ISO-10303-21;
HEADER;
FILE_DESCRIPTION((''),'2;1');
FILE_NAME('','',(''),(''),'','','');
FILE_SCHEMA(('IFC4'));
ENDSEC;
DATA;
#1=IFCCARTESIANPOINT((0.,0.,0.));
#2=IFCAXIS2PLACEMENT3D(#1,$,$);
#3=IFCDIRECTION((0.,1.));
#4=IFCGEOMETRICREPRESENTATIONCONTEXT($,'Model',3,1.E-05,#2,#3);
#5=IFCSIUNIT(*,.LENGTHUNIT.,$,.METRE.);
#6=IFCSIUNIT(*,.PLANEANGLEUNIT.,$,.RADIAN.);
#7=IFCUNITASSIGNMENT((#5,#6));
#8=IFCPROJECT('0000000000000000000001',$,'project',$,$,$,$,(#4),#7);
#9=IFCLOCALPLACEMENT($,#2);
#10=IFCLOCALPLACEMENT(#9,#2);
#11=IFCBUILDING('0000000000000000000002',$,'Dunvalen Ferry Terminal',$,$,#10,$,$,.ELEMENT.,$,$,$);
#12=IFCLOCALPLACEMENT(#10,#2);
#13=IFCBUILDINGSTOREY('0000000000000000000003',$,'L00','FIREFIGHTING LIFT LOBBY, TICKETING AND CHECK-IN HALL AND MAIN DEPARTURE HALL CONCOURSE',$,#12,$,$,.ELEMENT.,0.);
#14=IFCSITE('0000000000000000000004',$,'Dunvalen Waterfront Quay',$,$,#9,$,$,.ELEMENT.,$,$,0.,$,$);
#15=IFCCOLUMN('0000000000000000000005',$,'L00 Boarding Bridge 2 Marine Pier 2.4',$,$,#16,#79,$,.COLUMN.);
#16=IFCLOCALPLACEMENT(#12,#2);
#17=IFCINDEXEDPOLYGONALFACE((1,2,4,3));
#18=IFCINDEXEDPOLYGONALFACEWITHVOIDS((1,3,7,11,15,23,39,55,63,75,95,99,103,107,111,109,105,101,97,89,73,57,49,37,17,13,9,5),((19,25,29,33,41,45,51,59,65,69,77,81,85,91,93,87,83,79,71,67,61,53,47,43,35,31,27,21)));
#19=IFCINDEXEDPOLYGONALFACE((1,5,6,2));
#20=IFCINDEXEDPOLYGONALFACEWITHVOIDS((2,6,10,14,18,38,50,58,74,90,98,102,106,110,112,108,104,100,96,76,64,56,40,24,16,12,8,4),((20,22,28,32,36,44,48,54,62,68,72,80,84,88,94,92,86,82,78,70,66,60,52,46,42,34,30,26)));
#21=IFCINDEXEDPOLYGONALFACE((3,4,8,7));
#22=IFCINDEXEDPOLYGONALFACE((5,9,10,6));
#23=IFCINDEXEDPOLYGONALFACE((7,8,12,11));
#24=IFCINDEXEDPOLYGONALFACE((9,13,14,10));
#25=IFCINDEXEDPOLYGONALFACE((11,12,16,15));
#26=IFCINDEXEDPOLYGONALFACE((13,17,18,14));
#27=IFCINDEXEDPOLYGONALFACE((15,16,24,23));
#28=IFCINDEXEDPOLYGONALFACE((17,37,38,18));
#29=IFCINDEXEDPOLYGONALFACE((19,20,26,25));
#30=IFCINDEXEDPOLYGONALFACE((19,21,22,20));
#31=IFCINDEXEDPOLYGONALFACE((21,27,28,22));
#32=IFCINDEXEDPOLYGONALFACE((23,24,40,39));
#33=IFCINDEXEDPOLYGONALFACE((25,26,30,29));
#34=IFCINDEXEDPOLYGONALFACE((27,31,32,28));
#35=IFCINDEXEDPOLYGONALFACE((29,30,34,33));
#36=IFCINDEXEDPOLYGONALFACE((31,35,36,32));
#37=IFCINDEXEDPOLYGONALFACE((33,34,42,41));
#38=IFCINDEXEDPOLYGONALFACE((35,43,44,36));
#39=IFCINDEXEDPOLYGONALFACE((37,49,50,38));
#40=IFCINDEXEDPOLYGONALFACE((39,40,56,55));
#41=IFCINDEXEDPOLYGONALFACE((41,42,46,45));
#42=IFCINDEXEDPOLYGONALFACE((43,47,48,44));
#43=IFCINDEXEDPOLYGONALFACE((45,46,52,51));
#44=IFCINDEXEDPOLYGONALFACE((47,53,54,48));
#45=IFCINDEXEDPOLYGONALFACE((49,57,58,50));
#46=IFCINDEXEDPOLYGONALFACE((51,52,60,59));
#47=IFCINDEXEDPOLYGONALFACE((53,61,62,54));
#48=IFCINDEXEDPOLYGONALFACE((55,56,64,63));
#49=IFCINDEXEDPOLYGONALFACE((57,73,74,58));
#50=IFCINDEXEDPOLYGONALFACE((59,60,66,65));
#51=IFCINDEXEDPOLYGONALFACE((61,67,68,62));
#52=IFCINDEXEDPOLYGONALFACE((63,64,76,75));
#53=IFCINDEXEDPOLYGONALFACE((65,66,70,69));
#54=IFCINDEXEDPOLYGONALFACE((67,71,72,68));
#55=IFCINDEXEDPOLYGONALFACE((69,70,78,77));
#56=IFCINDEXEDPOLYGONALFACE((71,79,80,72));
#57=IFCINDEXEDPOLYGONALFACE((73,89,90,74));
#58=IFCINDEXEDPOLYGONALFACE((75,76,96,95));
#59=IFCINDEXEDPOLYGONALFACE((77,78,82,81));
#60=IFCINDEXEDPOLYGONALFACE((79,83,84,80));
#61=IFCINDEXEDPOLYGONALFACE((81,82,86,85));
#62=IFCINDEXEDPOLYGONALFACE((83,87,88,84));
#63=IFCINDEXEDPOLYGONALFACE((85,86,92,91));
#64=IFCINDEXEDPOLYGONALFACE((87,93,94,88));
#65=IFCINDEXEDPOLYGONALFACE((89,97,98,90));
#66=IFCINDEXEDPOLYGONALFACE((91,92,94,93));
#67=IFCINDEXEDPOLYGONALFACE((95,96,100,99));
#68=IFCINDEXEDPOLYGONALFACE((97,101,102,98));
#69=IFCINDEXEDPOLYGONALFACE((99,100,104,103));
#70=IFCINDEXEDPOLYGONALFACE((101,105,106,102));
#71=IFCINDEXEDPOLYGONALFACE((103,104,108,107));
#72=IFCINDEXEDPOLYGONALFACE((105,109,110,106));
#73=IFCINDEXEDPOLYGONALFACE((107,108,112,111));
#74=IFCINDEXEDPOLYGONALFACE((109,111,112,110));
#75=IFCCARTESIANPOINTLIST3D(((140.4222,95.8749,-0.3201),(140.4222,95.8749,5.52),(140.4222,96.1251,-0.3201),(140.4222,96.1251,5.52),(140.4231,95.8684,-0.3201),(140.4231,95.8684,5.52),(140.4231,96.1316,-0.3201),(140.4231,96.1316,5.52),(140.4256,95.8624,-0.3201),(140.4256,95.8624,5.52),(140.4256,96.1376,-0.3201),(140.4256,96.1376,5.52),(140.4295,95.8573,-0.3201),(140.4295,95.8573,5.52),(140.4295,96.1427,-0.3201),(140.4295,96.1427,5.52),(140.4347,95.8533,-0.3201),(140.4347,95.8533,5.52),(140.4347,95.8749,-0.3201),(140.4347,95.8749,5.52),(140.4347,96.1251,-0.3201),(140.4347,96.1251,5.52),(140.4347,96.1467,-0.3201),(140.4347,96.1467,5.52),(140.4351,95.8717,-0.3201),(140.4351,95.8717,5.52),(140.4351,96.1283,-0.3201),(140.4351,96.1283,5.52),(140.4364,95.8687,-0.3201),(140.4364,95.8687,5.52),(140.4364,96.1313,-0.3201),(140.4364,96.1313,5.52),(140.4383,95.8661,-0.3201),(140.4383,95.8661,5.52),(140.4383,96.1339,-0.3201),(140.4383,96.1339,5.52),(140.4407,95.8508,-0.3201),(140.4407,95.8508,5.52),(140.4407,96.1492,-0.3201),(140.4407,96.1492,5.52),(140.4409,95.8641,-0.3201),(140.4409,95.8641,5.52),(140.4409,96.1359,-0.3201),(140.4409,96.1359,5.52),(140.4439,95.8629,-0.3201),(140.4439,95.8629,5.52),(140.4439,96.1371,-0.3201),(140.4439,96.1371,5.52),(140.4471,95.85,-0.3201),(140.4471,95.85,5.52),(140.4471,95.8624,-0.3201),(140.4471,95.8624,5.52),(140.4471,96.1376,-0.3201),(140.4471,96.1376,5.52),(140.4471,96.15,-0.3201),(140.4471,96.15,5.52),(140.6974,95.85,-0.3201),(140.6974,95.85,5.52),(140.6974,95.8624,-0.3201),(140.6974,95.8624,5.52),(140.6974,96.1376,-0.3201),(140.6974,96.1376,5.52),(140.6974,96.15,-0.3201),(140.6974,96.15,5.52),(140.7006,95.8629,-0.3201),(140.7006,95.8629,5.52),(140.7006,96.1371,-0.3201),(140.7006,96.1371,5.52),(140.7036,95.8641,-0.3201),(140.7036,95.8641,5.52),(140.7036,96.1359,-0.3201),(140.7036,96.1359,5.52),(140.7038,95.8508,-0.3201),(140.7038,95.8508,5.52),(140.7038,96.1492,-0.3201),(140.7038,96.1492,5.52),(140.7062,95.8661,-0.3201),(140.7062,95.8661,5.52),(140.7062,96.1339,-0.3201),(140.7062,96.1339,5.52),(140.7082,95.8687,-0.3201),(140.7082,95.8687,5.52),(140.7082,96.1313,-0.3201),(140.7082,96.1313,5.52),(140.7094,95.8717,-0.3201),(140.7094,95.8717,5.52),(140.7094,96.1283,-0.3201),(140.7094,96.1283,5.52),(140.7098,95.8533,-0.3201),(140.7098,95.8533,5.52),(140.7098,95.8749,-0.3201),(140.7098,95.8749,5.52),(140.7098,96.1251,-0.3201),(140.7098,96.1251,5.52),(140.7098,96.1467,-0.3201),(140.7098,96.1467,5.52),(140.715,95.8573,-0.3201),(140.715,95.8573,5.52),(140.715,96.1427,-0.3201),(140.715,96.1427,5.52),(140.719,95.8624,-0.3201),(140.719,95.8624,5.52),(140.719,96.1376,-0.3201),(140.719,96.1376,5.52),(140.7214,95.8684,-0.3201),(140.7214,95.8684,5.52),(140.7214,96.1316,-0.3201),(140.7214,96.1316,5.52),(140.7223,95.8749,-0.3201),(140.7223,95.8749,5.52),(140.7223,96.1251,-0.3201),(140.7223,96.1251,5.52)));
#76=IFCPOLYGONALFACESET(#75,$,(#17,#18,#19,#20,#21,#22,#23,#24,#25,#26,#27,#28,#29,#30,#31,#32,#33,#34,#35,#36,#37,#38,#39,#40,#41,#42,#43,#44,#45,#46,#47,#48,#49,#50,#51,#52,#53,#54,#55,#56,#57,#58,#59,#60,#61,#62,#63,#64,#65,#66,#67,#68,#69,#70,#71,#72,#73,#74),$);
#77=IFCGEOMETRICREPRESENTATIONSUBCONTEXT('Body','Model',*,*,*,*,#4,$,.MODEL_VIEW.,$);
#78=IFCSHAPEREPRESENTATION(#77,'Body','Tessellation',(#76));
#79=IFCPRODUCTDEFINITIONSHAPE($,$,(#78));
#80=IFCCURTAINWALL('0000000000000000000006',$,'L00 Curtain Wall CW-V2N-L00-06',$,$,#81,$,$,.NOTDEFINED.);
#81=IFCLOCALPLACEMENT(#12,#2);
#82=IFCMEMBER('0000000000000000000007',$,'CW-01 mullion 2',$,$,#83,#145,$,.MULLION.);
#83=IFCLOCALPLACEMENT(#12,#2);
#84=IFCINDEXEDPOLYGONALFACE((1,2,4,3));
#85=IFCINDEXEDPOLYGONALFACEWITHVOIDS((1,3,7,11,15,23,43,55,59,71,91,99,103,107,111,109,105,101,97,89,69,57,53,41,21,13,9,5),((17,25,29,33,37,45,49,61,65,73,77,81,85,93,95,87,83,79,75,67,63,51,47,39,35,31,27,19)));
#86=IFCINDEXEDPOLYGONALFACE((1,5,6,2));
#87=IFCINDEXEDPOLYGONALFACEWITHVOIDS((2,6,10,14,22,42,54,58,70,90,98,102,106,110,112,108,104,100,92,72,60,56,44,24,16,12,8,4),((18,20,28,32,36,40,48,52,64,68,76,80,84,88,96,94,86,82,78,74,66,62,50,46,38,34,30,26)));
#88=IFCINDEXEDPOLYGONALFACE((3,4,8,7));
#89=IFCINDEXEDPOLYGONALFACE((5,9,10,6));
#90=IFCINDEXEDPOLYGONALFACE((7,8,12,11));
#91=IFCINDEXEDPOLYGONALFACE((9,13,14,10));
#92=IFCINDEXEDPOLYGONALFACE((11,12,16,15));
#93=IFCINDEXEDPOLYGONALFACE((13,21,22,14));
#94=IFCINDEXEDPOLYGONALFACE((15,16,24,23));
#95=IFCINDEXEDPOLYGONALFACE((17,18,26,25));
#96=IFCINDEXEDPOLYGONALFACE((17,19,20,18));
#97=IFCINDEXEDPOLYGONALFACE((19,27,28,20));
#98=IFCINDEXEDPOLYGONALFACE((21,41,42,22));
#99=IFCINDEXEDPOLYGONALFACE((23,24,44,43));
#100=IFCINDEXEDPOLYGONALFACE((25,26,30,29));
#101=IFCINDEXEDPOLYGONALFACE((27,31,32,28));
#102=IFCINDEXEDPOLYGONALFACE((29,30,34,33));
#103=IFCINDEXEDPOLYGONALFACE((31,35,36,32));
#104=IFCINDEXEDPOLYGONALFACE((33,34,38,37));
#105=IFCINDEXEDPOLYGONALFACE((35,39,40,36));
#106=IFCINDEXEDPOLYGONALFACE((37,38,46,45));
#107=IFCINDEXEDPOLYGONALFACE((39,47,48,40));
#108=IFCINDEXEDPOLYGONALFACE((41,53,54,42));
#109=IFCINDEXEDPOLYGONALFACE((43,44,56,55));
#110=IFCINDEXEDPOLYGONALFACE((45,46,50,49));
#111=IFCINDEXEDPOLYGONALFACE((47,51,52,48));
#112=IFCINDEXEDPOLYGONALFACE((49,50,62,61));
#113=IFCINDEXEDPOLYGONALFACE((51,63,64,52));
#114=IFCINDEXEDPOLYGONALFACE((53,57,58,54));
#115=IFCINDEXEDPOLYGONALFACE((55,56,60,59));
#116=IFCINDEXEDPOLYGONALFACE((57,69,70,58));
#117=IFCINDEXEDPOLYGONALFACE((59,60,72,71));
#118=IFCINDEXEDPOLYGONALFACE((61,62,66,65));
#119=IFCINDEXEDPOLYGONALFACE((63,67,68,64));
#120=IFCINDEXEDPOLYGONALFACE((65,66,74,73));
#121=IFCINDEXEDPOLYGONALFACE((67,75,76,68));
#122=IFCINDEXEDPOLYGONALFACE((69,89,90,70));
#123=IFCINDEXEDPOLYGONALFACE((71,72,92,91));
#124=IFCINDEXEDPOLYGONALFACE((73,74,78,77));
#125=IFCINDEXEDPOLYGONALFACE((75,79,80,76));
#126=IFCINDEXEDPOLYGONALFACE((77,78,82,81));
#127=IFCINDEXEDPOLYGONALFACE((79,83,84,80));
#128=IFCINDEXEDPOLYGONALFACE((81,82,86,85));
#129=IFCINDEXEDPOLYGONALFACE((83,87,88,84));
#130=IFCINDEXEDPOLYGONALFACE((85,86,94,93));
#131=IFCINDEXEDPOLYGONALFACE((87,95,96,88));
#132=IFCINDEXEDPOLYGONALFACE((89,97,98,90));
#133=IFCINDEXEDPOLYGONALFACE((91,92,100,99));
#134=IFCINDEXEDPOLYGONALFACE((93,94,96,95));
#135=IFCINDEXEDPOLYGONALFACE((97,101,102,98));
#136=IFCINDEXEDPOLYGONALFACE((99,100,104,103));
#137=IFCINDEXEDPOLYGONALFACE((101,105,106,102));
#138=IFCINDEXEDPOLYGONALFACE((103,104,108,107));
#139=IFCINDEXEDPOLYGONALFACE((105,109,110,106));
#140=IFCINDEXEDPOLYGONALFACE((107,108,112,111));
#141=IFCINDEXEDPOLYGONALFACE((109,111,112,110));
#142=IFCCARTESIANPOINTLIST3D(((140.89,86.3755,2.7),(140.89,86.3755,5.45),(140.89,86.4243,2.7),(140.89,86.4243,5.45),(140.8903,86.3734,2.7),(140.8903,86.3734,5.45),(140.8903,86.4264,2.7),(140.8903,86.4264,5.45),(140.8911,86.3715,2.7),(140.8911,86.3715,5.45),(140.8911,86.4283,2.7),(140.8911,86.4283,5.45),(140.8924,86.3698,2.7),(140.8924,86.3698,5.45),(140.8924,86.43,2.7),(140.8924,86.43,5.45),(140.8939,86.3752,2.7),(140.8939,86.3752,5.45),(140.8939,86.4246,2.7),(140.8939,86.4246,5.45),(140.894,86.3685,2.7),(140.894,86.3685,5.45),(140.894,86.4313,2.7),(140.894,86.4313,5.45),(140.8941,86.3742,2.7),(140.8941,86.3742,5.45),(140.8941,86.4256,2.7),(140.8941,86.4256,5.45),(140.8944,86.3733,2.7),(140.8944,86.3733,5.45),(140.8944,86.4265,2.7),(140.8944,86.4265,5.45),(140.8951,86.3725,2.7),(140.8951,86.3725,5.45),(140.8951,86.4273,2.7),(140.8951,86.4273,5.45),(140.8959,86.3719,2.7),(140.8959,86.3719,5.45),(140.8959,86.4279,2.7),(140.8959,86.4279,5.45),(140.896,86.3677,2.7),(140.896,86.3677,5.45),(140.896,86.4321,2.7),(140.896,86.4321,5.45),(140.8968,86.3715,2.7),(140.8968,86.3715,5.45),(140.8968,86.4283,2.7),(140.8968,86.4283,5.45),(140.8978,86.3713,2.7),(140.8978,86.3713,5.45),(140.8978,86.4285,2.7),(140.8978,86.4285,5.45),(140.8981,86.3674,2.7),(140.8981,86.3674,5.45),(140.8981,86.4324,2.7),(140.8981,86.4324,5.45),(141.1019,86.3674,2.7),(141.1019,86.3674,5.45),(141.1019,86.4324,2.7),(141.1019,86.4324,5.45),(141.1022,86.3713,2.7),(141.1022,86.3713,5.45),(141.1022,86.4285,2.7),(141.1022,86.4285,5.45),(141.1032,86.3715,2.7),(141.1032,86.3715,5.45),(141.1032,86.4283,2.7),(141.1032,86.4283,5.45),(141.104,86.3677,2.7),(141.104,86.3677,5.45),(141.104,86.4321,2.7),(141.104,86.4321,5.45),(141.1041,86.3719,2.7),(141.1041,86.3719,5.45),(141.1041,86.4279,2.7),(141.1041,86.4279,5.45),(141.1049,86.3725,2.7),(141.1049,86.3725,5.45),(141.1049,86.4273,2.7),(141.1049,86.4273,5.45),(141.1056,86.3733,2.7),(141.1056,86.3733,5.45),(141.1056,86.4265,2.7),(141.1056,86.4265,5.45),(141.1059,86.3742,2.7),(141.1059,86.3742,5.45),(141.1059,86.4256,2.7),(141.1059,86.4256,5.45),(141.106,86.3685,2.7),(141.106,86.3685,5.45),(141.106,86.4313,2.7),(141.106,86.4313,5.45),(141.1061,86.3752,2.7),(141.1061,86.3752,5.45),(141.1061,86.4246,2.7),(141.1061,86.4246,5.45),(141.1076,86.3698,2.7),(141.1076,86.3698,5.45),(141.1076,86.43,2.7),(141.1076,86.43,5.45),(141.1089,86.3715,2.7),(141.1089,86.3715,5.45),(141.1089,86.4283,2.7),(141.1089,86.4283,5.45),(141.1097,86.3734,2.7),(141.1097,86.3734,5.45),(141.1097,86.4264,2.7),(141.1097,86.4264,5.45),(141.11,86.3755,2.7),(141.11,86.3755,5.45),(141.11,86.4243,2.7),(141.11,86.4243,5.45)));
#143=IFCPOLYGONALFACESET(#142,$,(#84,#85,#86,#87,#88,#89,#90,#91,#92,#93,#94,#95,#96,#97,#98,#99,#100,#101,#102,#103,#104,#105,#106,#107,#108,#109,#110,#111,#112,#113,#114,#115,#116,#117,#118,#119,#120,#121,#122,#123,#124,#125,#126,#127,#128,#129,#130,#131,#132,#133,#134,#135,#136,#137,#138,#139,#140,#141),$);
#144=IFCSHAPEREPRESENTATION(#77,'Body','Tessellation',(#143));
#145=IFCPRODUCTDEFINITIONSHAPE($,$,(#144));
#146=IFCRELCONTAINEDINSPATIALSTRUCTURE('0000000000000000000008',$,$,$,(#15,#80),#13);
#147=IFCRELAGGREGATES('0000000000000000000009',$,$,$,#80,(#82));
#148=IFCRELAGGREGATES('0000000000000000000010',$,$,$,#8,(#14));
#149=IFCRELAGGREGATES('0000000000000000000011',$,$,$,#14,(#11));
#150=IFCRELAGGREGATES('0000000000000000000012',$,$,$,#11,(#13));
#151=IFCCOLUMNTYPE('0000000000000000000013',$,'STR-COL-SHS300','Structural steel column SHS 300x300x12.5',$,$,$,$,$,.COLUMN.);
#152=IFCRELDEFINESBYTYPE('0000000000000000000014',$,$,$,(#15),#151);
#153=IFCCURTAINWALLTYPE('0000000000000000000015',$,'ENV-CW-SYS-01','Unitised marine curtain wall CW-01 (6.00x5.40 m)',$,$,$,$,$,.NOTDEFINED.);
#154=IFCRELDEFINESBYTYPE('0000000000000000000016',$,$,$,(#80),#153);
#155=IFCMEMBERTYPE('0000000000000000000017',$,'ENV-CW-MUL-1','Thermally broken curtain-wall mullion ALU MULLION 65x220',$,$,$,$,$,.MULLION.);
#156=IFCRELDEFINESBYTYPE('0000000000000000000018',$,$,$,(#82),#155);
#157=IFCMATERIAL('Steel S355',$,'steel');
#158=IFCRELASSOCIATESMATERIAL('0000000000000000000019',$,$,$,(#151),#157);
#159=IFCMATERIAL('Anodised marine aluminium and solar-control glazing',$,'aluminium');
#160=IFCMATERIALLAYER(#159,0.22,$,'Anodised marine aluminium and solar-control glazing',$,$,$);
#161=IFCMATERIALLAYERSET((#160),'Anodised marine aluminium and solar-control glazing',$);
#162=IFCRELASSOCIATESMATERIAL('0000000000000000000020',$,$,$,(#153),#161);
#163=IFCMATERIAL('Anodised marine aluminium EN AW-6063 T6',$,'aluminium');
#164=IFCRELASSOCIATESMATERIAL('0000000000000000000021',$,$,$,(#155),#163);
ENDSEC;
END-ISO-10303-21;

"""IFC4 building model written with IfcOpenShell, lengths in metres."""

from ifc_helpers import new_model, si_unit, direction, frame, origin, origin_2d, place, context, subcontext, project, spatial, hollow_rectangle, extrude, material, layer, layer_set, material_profile, profile_set, type_object, element, aggregate, save


model = new_model("IFC4")

# Units and contexts
model_context = context("Model", 3, precision=1e-05, world=origin(), true_north=direction((0.0, 1.0)))
body_context = subcontext(model_context, "Body", "Model", "MODEL_VIEW")
ifc_project = project(units=[si_unit("LENGTHUNIT", "METRE"), si_unit("PLANEANGLEUNIT", "RADIAN")], contexts=[model_context])

# Site, building, storey
site_placement = place(None, origin())
site = spatial("IfcSite", under=ifc_project, at=site_placement, Name="Dunvalen Waterfront Quay", CompositionType="ELEMENT", RefElevation=0.0)
building_placement = place(site_placement, origin())
building = spatial("IfcBuilding", under=site, at=building_placement, Name="Dunvalen Ferry Terminal", CompositionType="ELEMENT")
storey_placement = place(building_placement, origin())
storey = spatial("IfcBuildingStorey", under=building, at=storey_placement, Name="L00", Description="FIREFIGHTING LIFT LOBBY, TICKETING AND CHECK-IN HALL AND MAIN DEPARTURE HALL CONCOURSE", CompositionType="ELEMENT", Elevation=0.0)

# Column
ifc_material_1 = material(Name="Steel S355", Category="steel")
ifc_material_profile_1 = material_profile(ifc_material_1, hollow_rectangle(XDim=0.3, YDim=0.3, WallThickness=0.0125, InnerFilletRadius=0.0125, OuterFilletRadius=0.0249, at=origin_2d()), Name="Steel S355")
ifc_profile_set_1 = profile_set([ifc_material_profile_1], Name="Steel S355")
column_type_1 = type_object("IfcColumnType", Name="STR-COL-SHS300", Description="Structural steel column SHS 300x300x12.5", PredefinedType="COLUMN", material=ifc_profile_set_1)
for number, where, z_axis, x_axis, name in (
    (1, (140.5723, 96.0, -0.3201), (0.0, 0.0, 1.0), (1.0, 0.0, 0.0), "L00 Boarding Bridge 2 Marine Pier 2.4"),
):
    element("IfcColumn", number, at=place(storey_placement, frame(where, z_axis=z_axis, x_axis=x_axis)), inside=storey, type_object=column_type_1, Name=name, PredefinedType="COLUMN", context=body_context, shape_type="SweptSolid", body=[
        extrude(hollow_rectangle(XDim=0.3, YDim=0.3, WallThickness=0.0125, InnerFilletRadius=0.0125, OuterFilletRadius=0.0249, at=origin_2d()), origin(), (0.0, 0.0, 1.0), 5.8401),
    ])

# Curtain wall, member
ifc_material_2 = material(Name="Anodised marine aluminium and solar-control glazing", Category="aluminium")
ifc_layer_1 = layer(ifc_material_2, 0.22, Name="Anodised marine aluminium and solar-control glazing")
ifc_layer_set_1 = layer_set([ifc_layer_1], Name="Anodised marine aluminium and solar-control glazing")
curtain_wall_type = type_object("IfcCurtainWallType", Name="ENV-CW-SYS-01", Description="Unitised marine curtain wall CW-01 (6.00x5.40 m)", PredefinedType="NOTDEFINED", material=ifc_layer_set_1)
curtain_wall_placement = place(storey_placement, origin())
curtain_wall = element("IfcCurtainWall", 2, at=curtain_wall_placement, inside=storey, type_object=curtain_wall_type, Name="L00 Curtain Wall CW-V2N-L00-06", PredefinedType="NOTDEFINED")
ifc_material_3 = material(Name="Anodised marine aluminium EN AW-6063 T6", Category="aluminium")
ifc_material_profile_2 = material_profile(ifc_material_3, hollow_rectangle(XDim=0.0649, YDim=0.22, WallThickness=0.0039, InnerFilletRadius=0.0039, OuterFilletRadius=0.0081, at=origin_2d()), Name="Anodised marine aluminium EN AW-6063 T6")
ifc_profile_set_2 = profile_set([ifc_material_profile_2], Name="Anodised marine aluminium EN AW-6063 T6")
member_type_1 = type_object("IfcMemberType", Name="ENV-CW-MUL-1", Description="Thermally broken curtain-wall mullion ALU MULLION 65x220", PredefinedType="MULLION", material=ifc_profile_set_2)
member_1_placement = place(storey_placement, frame((141.0, 86.3999, 2.7), z_axis=(0.0, 0.0, 1.0), x_axis=(0.0, 1.0, 0.0)))
member_1 = element("IfcMember", 3, at=member_1_placement, type_object=member_type_1, Name="CW-01 mullion 2", PredefinedType="MULLION", context=body_context, shape_type="SweptSolid", body=[
    extrude(hollow_rectangle(XDim=0.0649, YDim=0.22, WallThickness=0.0039, InnerFilletRadius=0.0039, OuterFilletRadius=0.0081, at=origin_2d()), origin(), (0.0, 0.0, 1.0), 2.75),
])
aggregate(curtain_wall, [member_1])

save(model, "model.ifc")
